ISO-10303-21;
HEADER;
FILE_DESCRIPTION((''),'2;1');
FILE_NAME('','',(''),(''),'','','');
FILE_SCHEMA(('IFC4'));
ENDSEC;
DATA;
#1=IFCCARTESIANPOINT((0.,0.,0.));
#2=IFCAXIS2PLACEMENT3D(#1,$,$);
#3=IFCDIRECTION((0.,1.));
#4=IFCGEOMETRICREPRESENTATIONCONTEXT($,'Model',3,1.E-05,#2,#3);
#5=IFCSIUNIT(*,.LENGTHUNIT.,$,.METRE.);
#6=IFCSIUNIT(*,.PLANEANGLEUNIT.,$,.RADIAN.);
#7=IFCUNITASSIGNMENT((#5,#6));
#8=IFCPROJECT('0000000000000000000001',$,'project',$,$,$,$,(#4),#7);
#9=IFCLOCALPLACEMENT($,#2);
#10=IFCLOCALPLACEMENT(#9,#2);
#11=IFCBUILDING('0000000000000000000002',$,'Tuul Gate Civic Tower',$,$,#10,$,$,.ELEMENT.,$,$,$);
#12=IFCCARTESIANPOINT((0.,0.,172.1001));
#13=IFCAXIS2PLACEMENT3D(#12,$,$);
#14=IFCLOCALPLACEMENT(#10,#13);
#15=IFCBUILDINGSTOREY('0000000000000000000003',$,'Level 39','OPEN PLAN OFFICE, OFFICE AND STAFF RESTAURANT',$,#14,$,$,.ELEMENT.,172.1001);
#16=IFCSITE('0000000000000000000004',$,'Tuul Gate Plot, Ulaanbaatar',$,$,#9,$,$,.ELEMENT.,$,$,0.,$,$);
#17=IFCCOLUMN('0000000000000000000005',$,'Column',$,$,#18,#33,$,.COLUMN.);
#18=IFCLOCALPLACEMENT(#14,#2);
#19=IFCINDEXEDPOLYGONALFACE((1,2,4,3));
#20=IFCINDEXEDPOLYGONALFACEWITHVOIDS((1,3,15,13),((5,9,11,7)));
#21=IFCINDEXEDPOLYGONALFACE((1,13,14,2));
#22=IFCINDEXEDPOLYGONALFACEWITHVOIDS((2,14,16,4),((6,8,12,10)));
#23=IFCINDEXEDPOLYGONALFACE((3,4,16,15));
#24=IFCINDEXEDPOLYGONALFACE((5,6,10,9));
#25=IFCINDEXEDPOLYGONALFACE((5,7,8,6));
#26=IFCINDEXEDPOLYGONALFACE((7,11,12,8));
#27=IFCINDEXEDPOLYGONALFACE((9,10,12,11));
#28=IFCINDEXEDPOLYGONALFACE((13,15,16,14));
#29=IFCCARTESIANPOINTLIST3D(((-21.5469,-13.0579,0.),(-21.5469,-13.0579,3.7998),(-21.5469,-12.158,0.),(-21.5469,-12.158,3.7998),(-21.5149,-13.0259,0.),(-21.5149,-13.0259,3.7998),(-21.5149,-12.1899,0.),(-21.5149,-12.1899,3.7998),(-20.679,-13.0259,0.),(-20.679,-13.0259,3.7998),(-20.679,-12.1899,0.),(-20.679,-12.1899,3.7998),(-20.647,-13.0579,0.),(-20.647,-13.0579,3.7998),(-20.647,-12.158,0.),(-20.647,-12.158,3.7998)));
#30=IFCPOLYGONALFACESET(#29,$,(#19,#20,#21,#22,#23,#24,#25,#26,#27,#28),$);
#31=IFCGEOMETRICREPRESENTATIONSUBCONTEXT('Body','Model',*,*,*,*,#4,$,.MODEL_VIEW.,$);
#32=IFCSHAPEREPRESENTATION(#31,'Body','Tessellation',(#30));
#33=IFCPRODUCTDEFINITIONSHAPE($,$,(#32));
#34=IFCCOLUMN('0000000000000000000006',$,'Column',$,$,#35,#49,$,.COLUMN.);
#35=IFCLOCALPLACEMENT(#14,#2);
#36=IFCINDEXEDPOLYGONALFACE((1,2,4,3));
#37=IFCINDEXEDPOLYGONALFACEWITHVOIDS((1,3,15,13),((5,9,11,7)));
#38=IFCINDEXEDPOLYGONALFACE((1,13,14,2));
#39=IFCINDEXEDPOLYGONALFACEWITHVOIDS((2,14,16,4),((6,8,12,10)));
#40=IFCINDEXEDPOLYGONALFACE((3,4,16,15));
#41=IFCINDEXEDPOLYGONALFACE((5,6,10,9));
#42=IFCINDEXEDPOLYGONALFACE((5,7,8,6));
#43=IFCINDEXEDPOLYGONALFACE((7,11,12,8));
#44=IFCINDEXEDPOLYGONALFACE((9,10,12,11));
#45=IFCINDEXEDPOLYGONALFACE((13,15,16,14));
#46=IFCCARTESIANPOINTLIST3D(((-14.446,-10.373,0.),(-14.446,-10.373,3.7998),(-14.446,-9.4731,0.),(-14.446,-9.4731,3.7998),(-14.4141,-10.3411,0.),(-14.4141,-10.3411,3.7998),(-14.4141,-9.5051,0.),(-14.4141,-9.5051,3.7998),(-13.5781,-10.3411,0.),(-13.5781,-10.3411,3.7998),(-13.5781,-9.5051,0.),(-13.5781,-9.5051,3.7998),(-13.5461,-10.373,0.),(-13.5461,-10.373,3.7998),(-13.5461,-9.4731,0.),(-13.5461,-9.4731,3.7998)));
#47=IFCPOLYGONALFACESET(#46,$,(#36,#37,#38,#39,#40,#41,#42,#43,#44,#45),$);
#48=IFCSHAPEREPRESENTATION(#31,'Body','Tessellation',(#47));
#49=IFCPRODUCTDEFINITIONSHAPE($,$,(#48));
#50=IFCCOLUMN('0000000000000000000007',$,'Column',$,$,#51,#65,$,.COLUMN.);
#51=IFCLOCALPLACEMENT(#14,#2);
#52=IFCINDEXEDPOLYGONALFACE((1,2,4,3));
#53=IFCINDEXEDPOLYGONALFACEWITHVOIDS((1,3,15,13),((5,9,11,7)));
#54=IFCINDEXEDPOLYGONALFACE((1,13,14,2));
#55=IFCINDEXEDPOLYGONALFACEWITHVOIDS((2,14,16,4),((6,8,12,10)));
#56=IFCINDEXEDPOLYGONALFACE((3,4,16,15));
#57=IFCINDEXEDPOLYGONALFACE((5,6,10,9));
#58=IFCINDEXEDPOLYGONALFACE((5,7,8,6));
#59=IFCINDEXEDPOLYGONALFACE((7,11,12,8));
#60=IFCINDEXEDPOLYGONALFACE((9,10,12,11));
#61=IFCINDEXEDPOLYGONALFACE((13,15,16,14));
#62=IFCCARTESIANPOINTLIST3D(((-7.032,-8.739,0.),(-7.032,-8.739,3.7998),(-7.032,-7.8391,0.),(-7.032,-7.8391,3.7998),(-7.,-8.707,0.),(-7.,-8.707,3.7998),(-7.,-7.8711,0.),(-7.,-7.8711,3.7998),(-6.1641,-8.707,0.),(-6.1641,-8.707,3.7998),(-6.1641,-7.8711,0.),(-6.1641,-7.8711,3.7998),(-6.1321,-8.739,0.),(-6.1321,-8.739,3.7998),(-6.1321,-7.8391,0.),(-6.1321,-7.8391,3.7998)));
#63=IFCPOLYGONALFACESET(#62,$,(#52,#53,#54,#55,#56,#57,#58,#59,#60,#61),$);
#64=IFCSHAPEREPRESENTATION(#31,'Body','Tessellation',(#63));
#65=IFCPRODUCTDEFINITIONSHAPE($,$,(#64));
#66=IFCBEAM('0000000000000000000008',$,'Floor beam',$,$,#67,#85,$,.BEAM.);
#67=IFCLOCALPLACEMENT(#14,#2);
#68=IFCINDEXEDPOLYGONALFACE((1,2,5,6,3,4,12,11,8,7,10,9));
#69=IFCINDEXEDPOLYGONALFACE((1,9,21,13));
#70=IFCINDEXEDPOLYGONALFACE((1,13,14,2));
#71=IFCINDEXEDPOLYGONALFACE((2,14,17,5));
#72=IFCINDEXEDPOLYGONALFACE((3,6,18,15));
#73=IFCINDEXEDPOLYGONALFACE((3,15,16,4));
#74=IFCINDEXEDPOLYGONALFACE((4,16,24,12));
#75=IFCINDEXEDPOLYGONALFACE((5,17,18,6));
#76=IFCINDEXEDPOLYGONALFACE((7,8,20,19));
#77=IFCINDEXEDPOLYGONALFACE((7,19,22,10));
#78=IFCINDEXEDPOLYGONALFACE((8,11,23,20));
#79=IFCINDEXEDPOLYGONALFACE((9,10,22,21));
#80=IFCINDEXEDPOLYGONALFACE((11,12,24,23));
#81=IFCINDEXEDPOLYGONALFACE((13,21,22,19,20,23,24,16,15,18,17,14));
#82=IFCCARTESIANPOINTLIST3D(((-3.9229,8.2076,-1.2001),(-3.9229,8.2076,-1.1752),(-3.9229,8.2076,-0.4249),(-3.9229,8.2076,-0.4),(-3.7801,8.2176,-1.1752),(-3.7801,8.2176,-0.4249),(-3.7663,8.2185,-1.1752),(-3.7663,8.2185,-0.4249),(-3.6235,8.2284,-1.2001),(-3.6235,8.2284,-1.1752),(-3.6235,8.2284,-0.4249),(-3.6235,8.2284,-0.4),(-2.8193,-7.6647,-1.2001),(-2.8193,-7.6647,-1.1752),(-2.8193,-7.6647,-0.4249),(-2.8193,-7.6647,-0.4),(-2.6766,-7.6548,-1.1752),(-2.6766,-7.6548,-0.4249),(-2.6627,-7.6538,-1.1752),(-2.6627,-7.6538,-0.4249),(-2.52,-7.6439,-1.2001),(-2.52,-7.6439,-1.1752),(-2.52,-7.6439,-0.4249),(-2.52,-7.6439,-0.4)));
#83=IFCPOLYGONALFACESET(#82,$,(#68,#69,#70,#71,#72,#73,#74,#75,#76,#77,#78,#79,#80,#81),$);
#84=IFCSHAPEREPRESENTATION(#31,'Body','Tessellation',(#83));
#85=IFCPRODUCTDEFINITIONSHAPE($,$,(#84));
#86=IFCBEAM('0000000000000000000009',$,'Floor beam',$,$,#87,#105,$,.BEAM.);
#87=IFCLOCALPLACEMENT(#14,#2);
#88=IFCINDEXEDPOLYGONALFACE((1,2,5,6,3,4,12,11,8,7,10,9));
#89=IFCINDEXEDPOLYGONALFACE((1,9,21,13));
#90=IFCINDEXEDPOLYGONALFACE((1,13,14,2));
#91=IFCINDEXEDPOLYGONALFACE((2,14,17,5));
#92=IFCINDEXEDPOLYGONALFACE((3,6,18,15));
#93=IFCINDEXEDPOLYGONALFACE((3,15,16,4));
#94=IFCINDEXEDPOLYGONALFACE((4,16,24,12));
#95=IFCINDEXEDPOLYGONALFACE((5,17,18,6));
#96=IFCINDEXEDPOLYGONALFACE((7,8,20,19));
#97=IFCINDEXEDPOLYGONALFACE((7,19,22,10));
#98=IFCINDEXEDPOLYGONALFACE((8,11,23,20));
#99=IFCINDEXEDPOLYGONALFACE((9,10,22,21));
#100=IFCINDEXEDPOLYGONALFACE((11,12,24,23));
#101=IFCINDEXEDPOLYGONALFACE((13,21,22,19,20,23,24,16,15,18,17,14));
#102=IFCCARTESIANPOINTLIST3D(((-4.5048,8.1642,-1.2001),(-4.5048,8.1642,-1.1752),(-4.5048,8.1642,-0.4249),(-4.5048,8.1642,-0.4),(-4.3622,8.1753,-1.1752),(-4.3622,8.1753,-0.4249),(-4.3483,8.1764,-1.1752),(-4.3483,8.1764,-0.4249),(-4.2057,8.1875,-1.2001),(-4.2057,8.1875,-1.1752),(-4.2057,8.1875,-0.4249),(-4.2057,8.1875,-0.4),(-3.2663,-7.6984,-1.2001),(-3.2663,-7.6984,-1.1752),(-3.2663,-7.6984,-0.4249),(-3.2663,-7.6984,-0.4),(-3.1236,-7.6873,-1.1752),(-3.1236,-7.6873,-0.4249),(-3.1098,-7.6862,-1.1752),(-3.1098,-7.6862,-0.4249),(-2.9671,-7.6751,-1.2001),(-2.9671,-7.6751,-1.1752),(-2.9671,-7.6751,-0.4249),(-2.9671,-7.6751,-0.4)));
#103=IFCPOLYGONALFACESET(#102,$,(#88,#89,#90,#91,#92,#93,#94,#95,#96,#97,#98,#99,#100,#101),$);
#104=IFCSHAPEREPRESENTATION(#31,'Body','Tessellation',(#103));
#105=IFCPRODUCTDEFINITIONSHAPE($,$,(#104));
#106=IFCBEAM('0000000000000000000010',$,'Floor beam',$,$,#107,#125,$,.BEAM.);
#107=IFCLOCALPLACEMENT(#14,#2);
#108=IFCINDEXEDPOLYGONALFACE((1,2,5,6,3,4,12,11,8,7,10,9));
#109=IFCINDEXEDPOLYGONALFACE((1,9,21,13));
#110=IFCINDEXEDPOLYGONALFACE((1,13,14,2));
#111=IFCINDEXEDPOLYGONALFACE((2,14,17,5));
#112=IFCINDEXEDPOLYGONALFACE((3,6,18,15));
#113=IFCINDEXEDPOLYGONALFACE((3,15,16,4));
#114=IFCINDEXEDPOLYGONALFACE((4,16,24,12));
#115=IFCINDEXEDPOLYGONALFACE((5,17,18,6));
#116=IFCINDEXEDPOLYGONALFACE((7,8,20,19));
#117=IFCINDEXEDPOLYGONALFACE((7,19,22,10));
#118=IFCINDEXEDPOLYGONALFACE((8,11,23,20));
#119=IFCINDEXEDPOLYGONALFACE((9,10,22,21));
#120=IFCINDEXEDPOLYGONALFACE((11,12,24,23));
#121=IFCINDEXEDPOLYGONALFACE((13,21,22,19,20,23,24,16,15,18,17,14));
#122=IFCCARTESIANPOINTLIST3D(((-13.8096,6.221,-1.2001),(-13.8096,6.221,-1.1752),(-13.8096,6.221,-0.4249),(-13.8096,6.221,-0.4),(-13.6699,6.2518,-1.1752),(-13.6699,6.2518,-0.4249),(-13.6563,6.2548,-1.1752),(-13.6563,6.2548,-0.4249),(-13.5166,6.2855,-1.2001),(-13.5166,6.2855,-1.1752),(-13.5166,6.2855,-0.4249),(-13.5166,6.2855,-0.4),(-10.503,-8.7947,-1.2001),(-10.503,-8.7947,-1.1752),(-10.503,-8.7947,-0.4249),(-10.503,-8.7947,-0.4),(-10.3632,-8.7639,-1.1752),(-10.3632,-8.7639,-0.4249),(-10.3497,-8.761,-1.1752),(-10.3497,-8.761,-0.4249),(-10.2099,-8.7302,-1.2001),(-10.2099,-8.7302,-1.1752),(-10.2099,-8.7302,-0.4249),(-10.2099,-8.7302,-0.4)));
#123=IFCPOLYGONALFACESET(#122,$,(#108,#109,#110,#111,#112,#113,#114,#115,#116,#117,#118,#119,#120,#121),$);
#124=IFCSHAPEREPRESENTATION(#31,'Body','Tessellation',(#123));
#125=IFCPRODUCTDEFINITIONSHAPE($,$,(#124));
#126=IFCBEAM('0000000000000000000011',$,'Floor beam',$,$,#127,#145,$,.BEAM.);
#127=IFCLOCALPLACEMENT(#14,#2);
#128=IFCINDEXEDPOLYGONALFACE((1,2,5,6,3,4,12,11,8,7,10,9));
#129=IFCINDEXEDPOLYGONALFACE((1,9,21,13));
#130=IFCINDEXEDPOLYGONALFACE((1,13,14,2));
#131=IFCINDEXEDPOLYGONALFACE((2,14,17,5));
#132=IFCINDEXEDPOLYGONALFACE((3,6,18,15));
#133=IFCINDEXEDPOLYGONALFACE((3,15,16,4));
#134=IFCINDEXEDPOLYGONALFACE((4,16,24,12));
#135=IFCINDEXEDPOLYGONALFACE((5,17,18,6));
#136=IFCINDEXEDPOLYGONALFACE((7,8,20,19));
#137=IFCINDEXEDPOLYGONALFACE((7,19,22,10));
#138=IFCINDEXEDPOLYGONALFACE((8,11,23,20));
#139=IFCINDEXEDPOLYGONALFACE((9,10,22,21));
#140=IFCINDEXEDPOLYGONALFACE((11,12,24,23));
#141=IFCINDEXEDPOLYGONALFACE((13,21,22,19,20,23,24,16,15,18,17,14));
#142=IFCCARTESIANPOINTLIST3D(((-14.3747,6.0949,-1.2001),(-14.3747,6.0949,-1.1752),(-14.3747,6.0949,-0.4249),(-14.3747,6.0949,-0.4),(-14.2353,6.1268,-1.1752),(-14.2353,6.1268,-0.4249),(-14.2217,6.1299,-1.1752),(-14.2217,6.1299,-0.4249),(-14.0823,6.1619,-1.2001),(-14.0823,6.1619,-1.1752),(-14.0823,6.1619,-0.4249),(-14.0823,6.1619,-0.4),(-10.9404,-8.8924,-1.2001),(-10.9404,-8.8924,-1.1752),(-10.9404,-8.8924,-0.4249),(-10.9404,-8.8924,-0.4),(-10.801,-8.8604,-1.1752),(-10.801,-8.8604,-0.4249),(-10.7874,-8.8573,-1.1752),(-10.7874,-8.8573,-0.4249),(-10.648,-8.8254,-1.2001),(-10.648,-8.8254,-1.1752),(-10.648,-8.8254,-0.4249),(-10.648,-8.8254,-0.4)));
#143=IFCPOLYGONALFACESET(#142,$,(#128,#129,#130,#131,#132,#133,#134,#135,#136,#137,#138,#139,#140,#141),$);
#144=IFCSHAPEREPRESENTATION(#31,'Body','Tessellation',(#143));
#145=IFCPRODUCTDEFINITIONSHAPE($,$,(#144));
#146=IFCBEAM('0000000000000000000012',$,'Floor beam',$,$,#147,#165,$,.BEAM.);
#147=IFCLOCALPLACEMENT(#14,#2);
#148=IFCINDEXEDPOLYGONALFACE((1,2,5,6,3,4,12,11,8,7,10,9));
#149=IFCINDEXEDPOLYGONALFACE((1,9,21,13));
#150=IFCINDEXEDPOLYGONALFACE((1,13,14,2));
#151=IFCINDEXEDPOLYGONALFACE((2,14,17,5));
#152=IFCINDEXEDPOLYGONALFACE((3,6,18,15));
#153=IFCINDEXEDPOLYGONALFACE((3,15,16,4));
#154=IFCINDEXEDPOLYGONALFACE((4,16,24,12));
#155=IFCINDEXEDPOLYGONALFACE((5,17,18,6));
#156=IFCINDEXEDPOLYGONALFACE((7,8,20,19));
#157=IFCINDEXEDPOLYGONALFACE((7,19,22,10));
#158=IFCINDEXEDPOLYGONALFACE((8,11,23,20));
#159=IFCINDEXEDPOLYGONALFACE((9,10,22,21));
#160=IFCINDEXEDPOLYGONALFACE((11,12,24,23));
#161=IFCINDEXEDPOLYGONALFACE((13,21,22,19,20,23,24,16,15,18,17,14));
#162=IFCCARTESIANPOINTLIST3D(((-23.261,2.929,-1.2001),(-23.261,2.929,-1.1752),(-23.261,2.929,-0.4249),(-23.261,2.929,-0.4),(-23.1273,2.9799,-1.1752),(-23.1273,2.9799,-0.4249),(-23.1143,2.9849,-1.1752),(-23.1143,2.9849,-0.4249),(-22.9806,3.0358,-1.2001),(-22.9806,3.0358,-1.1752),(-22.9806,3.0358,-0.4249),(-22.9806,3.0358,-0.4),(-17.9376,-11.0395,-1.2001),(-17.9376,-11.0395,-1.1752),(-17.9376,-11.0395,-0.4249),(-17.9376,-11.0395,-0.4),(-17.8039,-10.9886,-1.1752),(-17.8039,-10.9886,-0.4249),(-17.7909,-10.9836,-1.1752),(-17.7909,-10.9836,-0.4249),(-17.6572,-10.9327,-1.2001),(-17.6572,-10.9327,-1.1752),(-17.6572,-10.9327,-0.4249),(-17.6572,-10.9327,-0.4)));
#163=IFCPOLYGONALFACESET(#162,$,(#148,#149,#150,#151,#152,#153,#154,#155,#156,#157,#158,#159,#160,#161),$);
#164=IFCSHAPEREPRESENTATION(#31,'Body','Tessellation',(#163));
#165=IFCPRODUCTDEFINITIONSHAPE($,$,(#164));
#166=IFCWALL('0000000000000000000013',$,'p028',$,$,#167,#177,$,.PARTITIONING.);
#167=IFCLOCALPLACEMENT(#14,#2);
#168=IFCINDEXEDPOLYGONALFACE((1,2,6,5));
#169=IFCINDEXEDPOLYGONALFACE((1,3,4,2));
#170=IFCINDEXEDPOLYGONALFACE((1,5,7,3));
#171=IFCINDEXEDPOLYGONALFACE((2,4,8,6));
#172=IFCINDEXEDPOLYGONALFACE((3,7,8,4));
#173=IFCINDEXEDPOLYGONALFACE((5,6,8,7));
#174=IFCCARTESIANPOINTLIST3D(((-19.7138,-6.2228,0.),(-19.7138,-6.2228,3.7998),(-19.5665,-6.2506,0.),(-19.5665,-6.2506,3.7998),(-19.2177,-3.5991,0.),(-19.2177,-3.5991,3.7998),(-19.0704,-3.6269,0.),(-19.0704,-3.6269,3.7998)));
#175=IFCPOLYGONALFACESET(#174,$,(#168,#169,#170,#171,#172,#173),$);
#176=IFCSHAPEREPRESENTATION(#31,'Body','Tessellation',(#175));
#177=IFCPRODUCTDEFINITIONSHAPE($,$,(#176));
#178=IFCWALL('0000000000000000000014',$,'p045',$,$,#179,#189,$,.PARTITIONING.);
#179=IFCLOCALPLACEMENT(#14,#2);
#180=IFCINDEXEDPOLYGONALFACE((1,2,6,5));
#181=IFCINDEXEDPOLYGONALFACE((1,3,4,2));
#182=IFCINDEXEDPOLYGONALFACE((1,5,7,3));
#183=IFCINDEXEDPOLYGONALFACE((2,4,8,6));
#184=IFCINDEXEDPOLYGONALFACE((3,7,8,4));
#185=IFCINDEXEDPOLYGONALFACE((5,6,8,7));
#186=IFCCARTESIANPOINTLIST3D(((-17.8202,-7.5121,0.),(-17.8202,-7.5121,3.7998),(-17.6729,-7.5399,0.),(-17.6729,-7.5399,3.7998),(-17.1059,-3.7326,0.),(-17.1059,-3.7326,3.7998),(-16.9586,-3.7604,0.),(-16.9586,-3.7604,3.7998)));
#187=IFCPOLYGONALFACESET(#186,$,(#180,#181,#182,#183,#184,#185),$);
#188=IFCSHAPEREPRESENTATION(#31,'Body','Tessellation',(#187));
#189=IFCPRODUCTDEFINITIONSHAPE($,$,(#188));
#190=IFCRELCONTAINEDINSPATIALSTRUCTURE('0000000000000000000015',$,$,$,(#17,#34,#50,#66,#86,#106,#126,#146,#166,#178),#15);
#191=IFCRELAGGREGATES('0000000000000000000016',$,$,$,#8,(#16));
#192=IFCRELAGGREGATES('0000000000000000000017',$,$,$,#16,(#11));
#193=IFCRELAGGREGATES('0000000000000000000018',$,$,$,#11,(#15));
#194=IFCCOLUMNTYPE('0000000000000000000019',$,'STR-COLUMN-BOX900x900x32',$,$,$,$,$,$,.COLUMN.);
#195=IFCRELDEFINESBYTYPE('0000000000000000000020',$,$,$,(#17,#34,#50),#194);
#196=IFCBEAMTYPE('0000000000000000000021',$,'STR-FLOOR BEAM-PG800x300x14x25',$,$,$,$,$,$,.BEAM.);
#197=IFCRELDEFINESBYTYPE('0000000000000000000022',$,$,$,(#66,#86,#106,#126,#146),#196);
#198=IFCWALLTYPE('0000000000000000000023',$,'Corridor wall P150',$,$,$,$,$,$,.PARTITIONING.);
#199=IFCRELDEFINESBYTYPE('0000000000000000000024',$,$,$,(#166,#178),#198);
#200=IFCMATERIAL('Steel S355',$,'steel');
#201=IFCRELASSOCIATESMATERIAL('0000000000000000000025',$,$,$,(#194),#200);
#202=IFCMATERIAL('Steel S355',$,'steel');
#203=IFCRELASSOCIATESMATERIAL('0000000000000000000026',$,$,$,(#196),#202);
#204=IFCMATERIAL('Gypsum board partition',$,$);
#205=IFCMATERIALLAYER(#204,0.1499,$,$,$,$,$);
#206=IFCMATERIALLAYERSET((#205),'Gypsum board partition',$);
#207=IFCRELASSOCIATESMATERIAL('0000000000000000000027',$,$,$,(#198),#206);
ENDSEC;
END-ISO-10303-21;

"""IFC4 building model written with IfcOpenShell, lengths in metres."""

from ifc_helpers import new_model, si_unit, direction, frame, frame_2d, origin, origin_2d, place, context, subcontext, project, spatial, rectangle, hollow_rectangle, i_section, extrude, material, layer, layer_set, material_profile, profile_set, type_object, element, save


model = new_model("IFC4")

# Units and contexts
model_context = context("Model", 3, precision=1e-05, world=origin(), true_north=direction((0.0, 1.0)))
body_context = subcontext(model_context, "Body", "Model", "MODEL_VIEW")
ifc_project = project(units=[si_unit("LENGTHUNIT", "METRE"), si_unit("PLANEANGLEUNIT", "RADIAN")], contexts=[model_context])

# Site, building, storey
site_placement = place(None, origin())
site = spatial("IfcSite", under=ifc_project, at=site_placement, Name="Tuul Gate Plot, Ulaanbaatar", CompositionType="ELEMENT", RefElevation=0.0)
building_placement = place(site_placement, origin())
building = spatial("IfcBuilding", under=site, at=building_placement, Name="Tuul Gate Civic Tower", CompositionType="ELEMENT")
storey_placement = place(building_placement, frame((0.0, 0.0, 172.1001)))
storey = spatial("IfcBuildingStorey", under=building, at=storey_placement, Name="Level 39", Description="OPEN PLAN OFFICE, OFFICE AND STAFF RESTAURANT", CompositionType="ELEMENT", Elevation=172.1001)

# Columns
ifc_material_1 = material(Name="Steel S355", Category="steel")
ifc_material_profile_1 = material_profile(ifc_material_1, hollow_rectangle(XDim=0.8999, YDim=0.8999, WallThickness=0.032, at=origin_2d()), Name="BOX900x900x32")
ifc_profile_set_1 = profile_set([ifc_material_profile_1], Name="Steel S355")
column_type = type_object("IfcColumnType", Name="STR-COLUMN-BOX900x900x32", PredefinedType="COLUMN", material=ifc_profile_set_1)
for number, where, z_axis, x_axis, name in (
    (1, (-21.0969, -12.6079, 0.0), (0.0, 0.0, 1.0), (1.0, 0.0, 0.0), "Column"),
    (2, (-13.9961, -9.9231, 0.0), (0.0, 0.0, 1.0), (1.0, 0.0, 0.0), "Column"),
    (3, (-6.582, -8.2891, 0.0), (0.0, 0.0, 1.0), (1.0, 0.0, 0.0), "Column"),
):
    element("IfcColumn", number, at=place(storey_placement, frame(where, z_axis=z_axis, x_axis=x_axis)), inside=storey, type_object=column_type, Name=name, PredefinedType="COLUMN", context=body_context, shape_type="SweptSolid", body=[
        extrude(hollow_rectangle(XDim=0.8999, YDim=0.8999, WallThickness=0.032, at=origin_2d()), origin(), (0.0, 0.0, 1.0), 3.7998),
    ])

# Beams
ifc_material_2 = material(Name="Steel S355", Category="steel")
ifc_material_profile_2 = material_profile(ifc_material_2, i_section(OverallWidth=0.3, OverallDepth=0.8, WebThickness=0.0139, FlangeThickness=0.0249, at=origin_2d()), Name="PG800x300x14x25")
ifc_profile_set_2 = profile_set([ifc_material_profile_2], Name="Steel S355")
beam_type = type_object("IfcBeamType", Name="STR-FLOOR BEAM-PG800x300x14x25", PredefinedType="BEAM", material=ifc_profile_set_2)
beam_1_placement = place(storey_placement, frame((-2.6697, -7.6543, -0.8), z_axis=(-0.069357, 0.997592, 0.0), x_axis=(-0.997592, -0.069357, 0.0)))
element("IfcBeam", 4, at=beam_1_placement, inside=storey, type_object=beam_type, Name="Floor beam", PredefinedType="BEAM", context=body_context, shape_type="SweptSolid", body=[
    extrude(i_section(OverallWidth=0.3, OverallDepth=0.8, WebThickness=0.0139, FlangeThickness=0.0249, at=origin_2d()), origin(), (0.0, 0.0, 1.0), 15.9106),
])
beam_2_placement = place(storey_placement, frame((-3.1167, -7.6868, -0.8), z_axis=(-0.077842, 0.996966, 0.0), x_axis=(-0.996966, -0.077842, 0.0)))
element("IfcBeam", 5, at=beam_2_placement, inside=storey, type_object=beam_type, Name="Floor beam", PredefinedType="BEAM", context=body_context, shape_type="SweptSolid", body=[
    extrude(i_section(OverallWidth=0.3, OverallDepth=0.8, WebThickness=0.0139, FlangeThickness=0.0249, at=origin_2d()), origin(), (0.0, 0.0, 1.0), 15.9109),
])
beam_3_placement = place(storey_placement, frame((-10.3564, -8.7625, -0.8), z_axis=(-0.21506, 0.976601, 0.0), x_axis=(-0.976601, -0.21506, 0.0)))
element("IfcBeam", 6, at=beam_3_placement, inside=storey, type_object=beam_type, Name="Floor beam", PredefinedType="BEAM", context=body_context, shape_type="SweptSolid", body=[
    extrude(i_section(OverallWidth=0.3, OverallDepth=0.8, WebThickness=0.0139, FlangeThickness=0.0249, at=origin_2d()), origin(), (0.0, 0.0, 1.0), 15.3755),
])
beam_4_placement = place(storey_placement, frame((-10.7942, -8.8589, -0.8), z_axis=(-0.22336, 0.974736, 0.0), x_axis=(-0.974736, -0.22336, 0.0)))
element("IfcBeam", 7, at=beam_4_placement, inside=storey, type_object=beam_type, Name="Floor beam", PredefinedType="BEAM", context=body_context, shape_type="SweptSolid", body=[
    extrude(i_section(OverallWidth=0.3, OverallDepth=0.8, WebThickness=0.0139, FlangeThickness=0.0249, at=origin_2d()), origin(), (0.0, 0.0, 1.0), 15.3757),
])
beam_5_placement = place(storey_placement, frame((-17.7974, -10.9861, -0.8), z_axis=(-0.356121, 0.93444, 0.0), x_axis=(-0.93444, -0.356121, 0.0)))
element("IfcBeam", 8, at=beam_5_placement, inside=storey, type_object=beam_type, Name="Floor beam", PredefinedType="BEAM", context=body_context, shape_type="SweptSolid", body=[
    extrude(i_section(OverallWidth=0.3, OverallDepth=0.8, WebThickness=0.0139, FlangeThickness=0.0249, at=origin_2d()), origin(), (0.0, 0.0, 1.0), 14.9485),
])

# Walls
ifc_material_3 = material(Name="Gypsum board partition")
ifc_layer_1 = layer(ifc_material_3, 0.1499)
ifc_layer_set_1 = layer_set([ifc_layer_1], Name="Gypsum board partition")
wall_type_1 = type_object("IfcWallType", Name="Corridor wall P150", PredefinedType="PARTITIONING", material=ifc_layer_set_1)
wall_1_placement = place(storey_placement, frame((-19.6401, -6.2366, 0.0), z_axis=(0.0, 0.0, 1.0), x_axis=(0.185784, 0.982591, 0.0)))
element("IfcWall", 9, at=wall_1_placement, inside=storey, type_object=wall_type_1, Name="p028", PredefinedType="PARTITIONING", context=body_context, shape_type="SweptSolid", body=[
    extrude(rectangle(XDim=2.6702, YDim=0.1499, at=frame_2d((1.335, 0.0))), origin(), (0.0, 0.0, 1.0), 3.7998),
])
wall_2_placement = place(storey_placement, frame((-17.7466, -7.5261, 0.0), z_axis=(0.0, 0.0, 1.0), x_axis=(0.185718, 0.982603, 0.0)))
element("IfcWall", 10, at=wall_2_placement, inside=storey, type_object=wall_type_1, Name="p045", PredefinedType="PARTITIONING", context=body_context, shape_type="SweptSolid", body=[
    extrude(rectangle(XDim=3.8464, YDim=0.1499, at=frame_2d((1.9233, 0.0))), origin(), (0.0, 0.0, 1.0), 3.7998),
])

save(model, "model.ifc")
